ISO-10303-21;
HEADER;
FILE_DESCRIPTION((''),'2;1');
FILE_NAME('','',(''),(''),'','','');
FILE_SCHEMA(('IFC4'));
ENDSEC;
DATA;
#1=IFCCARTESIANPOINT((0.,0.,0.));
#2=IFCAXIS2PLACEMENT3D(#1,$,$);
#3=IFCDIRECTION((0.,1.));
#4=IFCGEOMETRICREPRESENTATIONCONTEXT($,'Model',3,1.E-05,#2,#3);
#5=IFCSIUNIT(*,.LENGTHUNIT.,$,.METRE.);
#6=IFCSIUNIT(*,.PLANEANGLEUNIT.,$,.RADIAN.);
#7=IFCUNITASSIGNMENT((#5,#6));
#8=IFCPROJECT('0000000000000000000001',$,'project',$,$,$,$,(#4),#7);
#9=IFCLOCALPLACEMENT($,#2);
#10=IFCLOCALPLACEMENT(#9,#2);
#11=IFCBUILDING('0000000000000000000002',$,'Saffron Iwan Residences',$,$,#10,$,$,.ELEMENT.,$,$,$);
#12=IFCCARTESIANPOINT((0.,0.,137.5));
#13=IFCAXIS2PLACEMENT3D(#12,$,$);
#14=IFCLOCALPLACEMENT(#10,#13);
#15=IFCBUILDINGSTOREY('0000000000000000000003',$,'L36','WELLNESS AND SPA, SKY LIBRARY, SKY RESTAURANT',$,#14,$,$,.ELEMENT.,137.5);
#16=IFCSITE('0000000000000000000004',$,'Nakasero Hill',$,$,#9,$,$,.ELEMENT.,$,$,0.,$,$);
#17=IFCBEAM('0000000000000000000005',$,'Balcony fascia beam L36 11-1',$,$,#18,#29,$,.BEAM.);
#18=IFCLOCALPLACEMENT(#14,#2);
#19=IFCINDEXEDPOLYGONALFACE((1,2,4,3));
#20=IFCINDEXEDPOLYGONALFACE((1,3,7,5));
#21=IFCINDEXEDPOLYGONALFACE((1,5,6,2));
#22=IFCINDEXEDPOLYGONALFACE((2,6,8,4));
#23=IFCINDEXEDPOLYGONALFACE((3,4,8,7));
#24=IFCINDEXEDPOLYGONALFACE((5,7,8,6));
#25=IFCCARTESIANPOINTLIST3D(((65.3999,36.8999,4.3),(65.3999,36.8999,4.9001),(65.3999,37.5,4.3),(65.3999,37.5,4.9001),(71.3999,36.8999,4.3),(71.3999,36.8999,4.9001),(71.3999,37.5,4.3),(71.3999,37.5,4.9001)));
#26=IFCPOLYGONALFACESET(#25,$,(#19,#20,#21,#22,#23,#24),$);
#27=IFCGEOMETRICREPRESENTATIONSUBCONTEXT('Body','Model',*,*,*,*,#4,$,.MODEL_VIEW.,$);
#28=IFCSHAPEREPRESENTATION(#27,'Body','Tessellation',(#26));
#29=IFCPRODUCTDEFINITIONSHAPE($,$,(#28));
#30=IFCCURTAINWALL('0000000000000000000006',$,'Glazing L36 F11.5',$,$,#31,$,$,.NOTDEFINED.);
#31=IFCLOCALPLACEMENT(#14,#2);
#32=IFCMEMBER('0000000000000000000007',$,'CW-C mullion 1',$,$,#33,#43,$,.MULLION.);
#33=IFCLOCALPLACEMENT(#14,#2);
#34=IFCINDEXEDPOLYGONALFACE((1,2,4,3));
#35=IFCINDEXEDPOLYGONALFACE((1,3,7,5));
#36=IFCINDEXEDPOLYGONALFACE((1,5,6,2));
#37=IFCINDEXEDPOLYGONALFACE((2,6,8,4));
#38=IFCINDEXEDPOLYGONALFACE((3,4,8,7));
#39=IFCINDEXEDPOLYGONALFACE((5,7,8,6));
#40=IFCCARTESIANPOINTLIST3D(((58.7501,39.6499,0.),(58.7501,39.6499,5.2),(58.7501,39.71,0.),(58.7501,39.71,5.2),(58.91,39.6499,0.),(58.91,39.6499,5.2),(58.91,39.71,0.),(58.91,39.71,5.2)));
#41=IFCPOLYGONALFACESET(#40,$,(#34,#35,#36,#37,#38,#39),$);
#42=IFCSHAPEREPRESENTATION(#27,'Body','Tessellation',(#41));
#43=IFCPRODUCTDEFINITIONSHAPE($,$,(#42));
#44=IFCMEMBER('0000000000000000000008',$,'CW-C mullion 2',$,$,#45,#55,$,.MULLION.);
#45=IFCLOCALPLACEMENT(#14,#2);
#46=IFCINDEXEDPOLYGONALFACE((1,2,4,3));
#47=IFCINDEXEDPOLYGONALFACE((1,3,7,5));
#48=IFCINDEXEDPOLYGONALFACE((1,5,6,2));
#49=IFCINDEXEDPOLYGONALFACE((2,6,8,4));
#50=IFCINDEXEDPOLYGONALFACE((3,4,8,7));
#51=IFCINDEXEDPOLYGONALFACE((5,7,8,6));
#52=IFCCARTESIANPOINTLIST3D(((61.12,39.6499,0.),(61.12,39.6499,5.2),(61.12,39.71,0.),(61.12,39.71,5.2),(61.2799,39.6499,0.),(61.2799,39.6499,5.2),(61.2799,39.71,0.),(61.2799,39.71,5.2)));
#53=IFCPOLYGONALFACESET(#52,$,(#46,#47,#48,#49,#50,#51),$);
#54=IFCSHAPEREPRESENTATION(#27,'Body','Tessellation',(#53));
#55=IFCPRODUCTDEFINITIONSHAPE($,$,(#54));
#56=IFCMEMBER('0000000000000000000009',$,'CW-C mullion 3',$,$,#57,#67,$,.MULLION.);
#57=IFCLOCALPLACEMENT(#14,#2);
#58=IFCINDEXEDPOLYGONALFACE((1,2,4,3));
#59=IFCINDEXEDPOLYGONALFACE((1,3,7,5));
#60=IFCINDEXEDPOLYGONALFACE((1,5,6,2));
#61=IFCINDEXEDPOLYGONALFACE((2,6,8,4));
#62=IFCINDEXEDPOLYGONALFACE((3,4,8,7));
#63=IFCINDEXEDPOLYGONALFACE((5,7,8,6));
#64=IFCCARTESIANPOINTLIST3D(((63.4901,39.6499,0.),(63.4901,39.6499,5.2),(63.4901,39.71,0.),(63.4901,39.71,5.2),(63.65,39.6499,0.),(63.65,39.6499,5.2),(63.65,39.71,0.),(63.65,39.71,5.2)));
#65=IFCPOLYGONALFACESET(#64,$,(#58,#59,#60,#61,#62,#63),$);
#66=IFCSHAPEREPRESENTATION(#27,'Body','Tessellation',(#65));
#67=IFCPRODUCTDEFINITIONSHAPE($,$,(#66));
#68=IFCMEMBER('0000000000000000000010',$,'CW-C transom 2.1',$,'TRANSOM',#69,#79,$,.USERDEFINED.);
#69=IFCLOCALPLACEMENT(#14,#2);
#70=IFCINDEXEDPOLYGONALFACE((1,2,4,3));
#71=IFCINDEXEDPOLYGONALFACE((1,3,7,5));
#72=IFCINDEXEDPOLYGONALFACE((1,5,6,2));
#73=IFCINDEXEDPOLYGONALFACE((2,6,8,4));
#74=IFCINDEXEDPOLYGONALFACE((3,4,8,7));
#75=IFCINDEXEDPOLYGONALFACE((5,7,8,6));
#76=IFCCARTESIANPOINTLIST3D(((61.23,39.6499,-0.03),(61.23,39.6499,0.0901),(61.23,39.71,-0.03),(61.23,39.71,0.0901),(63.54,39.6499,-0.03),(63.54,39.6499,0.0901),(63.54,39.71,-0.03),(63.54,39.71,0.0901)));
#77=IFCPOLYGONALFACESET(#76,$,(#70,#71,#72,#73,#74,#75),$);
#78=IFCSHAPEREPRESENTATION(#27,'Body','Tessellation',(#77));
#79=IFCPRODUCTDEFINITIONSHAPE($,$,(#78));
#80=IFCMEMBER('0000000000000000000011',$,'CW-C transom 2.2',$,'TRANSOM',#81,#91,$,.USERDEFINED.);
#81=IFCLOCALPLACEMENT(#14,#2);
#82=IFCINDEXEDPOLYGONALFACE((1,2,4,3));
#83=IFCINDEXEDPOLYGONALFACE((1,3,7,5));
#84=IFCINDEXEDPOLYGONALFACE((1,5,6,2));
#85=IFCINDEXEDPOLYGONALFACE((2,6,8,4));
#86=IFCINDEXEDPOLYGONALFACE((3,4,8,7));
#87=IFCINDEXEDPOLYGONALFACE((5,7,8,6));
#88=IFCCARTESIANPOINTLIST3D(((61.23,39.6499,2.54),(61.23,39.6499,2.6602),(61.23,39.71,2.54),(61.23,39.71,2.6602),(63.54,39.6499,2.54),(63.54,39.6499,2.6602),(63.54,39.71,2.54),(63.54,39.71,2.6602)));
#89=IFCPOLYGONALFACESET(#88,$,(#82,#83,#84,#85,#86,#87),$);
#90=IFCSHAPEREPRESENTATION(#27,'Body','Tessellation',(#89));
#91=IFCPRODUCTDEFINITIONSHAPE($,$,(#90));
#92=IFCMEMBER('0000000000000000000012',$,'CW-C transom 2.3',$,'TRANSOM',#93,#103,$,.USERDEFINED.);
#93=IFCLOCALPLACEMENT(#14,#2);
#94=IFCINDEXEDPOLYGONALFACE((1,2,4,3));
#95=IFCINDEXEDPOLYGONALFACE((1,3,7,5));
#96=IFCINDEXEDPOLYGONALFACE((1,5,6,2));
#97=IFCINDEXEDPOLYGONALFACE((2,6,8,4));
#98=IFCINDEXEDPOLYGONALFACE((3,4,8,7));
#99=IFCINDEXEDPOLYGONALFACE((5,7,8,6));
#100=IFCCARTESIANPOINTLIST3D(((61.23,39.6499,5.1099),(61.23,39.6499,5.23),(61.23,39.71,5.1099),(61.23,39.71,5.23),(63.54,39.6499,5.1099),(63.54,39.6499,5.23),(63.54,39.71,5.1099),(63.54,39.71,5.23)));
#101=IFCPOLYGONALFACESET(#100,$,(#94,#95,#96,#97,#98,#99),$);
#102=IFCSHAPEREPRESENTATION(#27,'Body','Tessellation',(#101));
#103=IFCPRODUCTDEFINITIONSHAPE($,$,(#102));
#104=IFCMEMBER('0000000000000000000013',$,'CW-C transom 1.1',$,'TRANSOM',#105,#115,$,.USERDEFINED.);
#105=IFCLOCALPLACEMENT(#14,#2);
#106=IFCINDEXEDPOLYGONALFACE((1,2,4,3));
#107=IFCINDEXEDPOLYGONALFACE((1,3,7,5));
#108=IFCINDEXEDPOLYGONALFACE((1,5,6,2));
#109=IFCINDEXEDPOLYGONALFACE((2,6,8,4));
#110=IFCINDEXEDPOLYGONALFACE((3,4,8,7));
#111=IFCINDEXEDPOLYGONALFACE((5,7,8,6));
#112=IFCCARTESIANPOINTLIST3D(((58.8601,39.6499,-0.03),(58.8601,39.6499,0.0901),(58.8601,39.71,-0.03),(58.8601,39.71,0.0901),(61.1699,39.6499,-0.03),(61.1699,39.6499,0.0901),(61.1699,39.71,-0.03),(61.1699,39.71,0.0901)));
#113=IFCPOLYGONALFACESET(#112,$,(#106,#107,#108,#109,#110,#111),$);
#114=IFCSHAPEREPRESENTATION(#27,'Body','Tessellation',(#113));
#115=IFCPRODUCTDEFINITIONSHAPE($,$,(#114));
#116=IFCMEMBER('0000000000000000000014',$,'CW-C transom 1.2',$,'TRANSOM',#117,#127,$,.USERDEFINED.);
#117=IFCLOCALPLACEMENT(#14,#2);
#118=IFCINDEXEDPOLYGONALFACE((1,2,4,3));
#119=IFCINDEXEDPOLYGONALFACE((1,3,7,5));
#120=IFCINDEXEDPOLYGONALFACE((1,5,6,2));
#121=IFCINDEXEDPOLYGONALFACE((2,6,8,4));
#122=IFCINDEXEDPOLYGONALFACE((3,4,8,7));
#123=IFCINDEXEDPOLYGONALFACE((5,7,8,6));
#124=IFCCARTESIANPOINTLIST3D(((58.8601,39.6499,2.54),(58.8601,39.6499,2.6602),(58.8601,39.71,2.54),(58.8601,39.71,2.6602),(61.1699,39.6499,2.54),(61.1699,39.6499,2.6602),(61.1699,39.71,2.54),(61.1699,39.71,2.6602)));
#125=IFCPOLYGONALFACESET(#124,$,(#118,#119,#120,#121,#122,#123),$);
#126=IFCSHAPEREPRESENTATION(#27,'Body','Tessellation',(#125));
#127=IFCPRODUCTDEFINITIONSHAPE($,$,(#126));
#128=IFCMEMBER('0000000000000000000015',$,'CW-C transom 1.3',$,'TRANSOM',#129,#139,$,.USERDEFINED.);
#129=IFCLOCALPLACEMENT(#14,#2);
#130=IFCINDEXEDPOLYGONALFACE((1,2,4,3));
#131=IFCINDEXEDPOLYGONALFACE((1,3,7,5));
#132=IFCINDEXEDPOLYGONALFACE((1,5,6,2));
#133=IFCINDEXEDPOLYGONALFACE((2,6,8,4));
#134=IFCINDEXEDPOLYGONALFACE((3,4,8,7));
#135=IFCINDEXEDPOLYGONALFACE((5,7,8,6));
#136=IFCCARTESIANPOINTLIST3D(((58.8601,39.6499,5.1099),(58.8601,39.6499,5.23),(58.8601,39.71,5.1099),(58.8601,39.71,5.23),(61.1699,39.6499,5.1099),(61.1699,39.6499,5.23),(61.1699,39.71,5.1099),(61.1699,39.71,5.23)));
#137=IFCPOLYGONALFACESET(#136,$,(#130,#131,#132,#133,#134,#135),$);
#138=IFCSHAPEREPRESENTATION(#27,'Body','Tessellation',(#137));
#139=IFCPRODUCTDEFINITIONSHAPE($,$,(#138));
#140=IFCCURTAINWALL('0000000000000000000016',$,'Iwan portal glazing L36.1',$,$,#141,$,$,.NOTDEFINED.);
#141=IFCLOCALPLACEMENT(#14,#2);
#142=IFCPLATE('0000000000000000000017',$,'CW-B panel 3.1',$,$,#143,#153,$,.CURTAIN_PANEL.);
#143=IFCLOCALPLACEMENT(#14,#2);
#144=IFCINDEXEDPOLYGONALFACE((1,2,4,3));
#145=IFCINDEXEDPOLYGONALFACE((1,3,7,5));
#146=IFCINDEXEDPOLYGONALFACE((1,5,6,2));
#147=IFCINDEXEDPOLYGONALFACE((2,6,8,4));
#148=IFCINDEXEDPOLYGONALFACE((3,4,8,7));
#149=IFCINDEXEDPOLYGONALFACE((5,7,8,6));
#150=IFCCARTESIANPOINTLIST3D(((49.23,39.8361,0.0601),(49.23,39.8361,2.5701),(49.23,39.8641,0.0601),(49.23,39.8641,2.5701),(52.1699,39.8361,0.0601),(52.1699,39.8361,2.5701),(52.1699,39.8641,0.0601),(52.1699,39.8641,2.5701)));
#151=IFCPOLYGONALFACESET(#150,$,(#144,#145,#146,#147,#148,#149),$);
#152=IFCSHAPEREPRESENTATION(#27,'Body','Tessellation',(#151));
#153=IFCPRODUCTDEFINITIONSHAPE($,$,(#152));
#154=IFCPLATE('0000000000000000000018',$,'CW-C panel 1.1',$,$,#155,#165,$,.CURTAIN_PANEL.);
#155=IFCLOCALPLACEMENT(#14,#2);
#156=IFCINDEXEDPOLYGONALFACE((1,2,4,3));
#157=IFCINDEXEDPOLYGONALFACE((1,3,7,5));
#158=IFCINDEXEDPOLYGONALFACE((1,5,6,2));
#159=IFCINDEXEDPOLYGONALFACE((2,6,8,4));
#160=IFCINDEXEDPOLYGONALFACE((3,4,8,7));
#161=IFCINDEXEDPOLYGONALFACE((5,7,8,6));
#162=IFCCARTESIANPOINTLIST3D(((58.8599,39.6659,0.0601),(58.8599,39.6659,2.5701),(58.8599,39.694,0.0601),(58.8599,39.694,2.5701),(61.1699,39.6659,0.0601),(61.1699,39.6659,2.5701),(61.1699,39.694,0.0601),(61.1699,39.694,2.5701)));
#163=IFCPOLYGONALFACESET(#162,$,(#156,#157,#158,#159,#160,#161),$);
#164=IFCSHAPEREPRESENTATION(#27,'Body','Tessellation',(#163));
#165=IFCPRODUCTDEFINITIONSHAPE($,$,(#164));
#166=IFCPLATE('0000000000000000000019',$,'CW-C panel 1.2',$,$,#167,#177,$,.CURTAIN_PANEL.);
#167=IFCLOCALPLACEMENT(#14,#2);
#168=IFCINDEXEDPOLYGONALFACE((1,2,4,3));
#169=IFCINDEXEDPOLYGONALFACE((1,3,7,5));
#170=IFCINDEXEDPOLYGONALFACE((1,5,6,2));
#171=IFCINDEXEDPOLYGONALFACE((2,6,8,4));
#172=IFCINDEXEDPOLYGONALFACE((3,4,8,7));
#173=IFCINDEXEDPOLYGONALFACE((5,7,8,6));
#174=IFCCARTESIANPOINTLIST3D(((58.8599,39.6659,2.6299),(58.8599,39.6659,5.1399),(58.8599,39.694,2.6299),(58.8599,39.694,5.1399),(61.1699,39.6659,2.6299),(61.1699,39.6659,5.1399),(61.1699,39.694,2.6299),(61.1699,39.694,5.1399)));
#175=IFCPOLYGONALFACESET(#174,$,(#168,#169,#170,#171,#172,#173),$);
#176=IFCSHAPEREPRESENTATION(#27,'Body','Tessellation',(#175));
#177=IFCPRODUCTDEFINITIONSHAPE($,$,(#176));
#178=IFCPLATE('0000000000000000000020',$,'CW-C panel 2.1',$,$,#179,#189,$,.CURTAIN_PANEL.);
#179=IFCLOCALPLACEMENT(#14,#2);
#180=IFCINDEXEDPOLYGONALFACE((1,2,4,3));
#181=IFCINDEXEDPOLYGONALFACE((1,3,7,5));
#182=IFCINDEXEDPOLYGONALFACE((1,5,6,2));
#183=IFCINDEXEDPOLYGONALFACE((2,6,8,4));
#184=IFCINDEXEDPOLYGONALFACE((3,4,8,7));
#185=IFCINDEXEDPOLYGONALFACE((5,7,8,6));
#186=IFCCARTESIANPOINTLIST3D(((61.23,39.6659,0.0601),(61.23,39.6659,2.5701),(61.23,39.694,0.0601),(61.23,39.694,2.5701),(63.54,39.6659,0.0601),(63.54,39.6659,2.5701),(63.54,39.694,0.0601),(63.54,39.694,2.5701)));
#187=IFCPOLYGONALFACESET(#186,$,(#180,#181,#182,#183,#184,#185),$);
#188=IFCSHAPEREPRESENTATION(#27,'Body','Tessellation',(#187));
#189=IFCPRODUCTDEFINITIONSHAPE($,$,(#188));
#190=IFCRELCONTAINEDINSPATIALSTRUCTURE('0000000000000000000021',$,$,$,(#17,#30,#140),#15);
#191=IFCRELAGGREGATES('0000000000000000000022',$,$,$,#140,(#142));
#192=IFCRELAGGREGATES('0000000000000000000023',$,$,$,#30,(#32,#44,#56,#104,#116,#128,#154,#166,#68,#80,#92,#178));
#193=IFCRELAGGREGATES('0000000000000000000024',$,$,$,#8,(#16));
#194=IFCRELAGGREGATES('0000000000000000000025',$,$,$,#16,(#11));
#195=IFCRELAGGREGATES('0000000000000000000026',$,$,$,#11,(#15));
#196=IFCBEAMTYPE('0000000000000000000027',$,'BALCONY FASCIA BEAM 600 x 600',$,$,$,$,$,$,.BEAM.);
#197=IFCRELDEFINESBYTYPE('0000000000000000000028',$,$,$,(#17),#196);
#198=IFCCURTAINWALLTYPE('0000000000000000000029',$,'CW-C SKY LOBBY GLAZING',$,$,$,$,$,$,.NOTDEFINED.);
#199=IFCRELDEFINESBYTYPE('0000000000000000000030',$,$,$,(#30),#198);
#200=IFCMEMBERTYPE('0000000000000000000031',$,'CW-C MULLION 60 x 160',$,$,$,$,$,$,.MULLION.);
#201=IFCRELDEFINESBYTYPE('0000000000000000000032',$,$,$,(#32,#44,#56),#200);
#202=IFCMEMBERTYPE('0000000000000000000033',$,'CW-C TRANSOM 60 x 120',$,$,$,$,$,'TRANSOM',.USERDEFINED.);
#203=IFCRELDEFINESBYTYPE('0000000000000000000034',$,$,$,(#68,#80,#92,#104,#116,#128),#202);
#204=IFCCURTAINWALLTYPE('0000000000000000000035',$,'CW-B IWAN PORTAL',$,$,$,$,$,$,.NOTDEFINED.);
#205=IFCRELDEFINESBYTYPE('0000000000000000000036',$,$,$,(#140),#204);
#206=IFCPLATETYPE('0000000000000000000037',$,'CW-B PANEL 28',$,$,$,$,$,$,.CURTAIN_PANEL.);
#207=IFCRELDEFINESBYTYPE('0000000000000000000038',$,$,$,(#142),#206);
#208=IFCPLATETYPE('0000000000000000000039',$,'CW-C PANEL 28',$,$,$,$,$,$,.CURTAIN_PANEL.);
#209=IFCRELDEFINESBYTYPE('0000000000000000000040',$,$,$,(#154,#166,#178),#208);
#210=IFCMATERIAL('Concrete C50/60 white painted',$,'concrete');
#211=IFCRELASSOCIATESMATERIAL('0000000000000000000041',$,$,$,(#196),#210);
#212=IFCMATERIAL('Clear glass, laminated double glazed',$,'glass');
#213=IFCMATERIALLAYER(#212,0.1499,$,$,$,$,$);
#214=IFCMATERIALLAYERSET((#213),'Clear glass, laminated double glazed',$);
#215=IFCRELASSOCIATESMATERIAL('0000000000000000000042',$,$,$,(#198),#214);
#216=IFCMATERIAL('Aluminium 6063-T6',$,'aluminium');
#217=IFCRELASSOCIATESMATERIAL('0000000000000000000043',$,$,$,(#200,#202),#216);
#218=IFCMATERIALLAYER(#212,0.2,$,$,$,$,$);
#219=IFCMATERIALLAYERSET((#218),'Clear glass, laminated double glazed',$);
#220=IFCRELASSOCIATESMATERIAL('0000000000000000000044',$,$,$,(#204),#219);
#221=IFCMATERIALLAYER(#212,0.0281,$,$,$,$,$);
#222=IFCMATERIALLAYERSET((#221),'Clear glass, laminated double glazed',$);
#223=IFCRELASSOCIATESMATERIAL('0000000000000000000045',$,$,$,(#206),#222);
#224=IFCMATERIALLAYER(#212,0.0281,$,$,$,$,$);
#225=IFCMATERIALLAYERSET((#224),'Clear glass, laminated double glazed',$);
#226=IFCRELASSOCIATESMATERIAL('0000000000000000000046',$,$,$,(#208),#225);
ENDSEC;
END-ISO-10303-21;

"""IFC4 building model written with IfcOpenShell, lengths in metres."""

from ifc_helpers import new_model, si_unit, direction, frame, origin, origin_2d, place, context, subcontext, project, spatial, rectangle, extrude, source, transform, mapped, material, layer, layer_set, material_profile, profile_set, type_object, element, aggregate, save


model = new_model("IFC4")

# Units and contexts
model_context = context("Model", 3, precision=1e-05, world=origin(), true_north=direction((0.0, 1.0)))
body_context = subcontext(model_context, "Body", "Model", "MODEL_VIEW")
ifc_project = project(units=[si_unit("LENGTHUNIT", "METRE"), si_unit("PLANEANGLEUNIT", "RADIAN")], contexts=[model_context])

# Site, building, storey
site_placement = place(None, origin())
site = spatial("IfcSite", under=ifc_project, at=site_placement, Name="Nakasero Hill", CompositionType="ELEMENT", RefElevation=0.0)
building_placement = place(site_placement, origin())
building = spatial("IfcBuilding", under=site, at=building_placement, Name="Saffron Iwan Residences", CompositionType="ELEMENT")
storey_placement = place(building_placement, frame((0.0, 0.0, 137.5)))
storey = spatial("IfcBuildingStorey", under=building, at=storey_placement, Name="L36", Description="WELLNESS AND SPA, SKY LIBRARY, SKY RESTAURANT", CompositionType="ELEMENT", Elevation=137.5)

# Beam
ifc_material_1 = material(Name="Concrete C50/60 white painted", Category="concrete")
ifc_material_profile_1 = material_profile(ifc_material_1, rectangle(XDim=0.6001, YDim=0.6001, at=origin_2d()), Name="BALCONY FASCIA BEAM 600 x 600")
ifc_profile_set_1 = profile_set([ifc_material_profile_1], Name="Concrete C50/60 white painted")
beam_type = type_object("IfcBeamType", Name="BALCONY FASCIA BEAM 600 x 600", PredefinedType="BEAM", material=ifc_profile_set_1)
shared_shape_1 = source(origin(), body_context, "Body", "SweptSolid", [
    extrude(rectangle(XDim=0.6001, YDim=0.6001, at=origin_2d()), origin(), (0.0, 0.0, 1.0), 6.0),
])
beam_placement = place(storey_placement, frame((65.3999, 37.2, 4.6001), z_axis=(1.0, 0.0, 0.0), x_axis=(0.0, 1.0, 0.0)))
element("IfcBeam", 1, at=beam_placement, inside=storey, type_object=beam_type, Name="Balcony fascia beam L36 11-1", PredefinedType="BEAM", context=body_context, shape_type="MappedRepresentation", body=[
    mapped(shared_shape_1, transform((0.0, 0.0, 0.0))),
])

# Curtain wall, members
ifc_material_2 = material(Name="Clear glass, laminated double glazed", Category="glass")
ifc_layer_1 = layer(ifc_material_2, 0.1499)
ifc_layer_set_1 = layer_set([ifc_layer_1], Name="Clear glass, laminated double glazed")
curtain_wall_type_1 = type_object("IfcCurtainWallType", Name="CW-C SKY LOBBY GLAZING", PredefinedType="NOTDEFINED", material=ifc_layer_set_1)
curtain_wall_1_placement = place(storey_placement, origin())
curtain_wall_1 = element("IfcCurtainWall", 2, at=curtain_wall_1_placement, inside=storey, type_object=curtain_wall_type_1, Name="Glazing L36 F11.5", PredefinedType="NOTDEFINED")
ifc_material_3 = material(Name="Aluminium 6063-T6", Category="aluminium")
ifc_material_profile_2 = material_profile(ifc_material_3, rectangle(XDim=0.0601, YDim=0.1599, at=origin_2d()), Name="CW-C MULLION 60 x 160")
ifc_profile_set_2 = profile_set([ifc_material_profile_2], Name="Aluminium 6063-T6")
member_type_1 = type_object("IfcMemberType", Name="CW-C MULLION 60 x 160", PredefinedType="MULLION", material=ifc_profile_set_2)
shared_shape_2 = source(origin(), body_context, "Body", "SweptSolid", [
    extrude(rectangle(XDim=0.0601, YDim=0.1599, at=origin_2d()), origin(), (0.0, 0.0, 1.0), 5.2),
])
member_1_placement = place(storey_placement, frame((58.8301, 39.6799, 0.0), z_axis=(0.0, 0.0, 1.0), x_axis=(0.0, 1.0, 0.0)))
member_1 = element("IfcMember", 3, at=member_1_placement, type_object=member_type_1, Name="CW-C mullion 1", PredefinedType="MULLION", context=body_context, shape_type="MappedRepresentation", body=[
    mapped(shared_shape_2, transform((0.0, 0.0, 0.0))),
])
member_2_placement = place(storey_placement, frame((61.2, 39.6799, 0.0), z_axis=(0.0, 0.0, 1.0), x_axis=(0.0, 1.0, 0.0)))
member_2 = element("IfcMember", 4, at=member_2_placement, type_object=member_type_1, Name="CW-C mullion 2", PredefinedType="MULLION", context=body_context, shape_type="MappedRepresentation", body=[
    mapped(shared_shape_2, transform((0.0, 0.0, 0.0))),
])
member_3_placement = place(storey_placement, frame((63.5701, 39.6799, 0.0), z_axis=(0.0, 0.0, 1.0), x_axis=(0.0, 1.0, 0.0)))
member_3 = element("IfcMember", 5, at=member_3_placement, type_object=member_type_1, Name="CW-C mullion 3", PredefinedType="MULLION", context=body_context, shape_type="MappedRepresentation", body=[
    mapped(shared_shape_2, transform((0.0, 0.0, 0.0))),
])
ifc_material_profile_3 = material_profile(ifc_material_3, rectangle(XDim=0.0601, YDim=0.1201, at=origin_2d()), Name="CW-C TRANSOM 60 x 120")
ifc_profile_set_3 = profile_set([ifc_material_profile_3], Name="Aluminium 6063-T6")
member_type_2 = type_object("IfcMemberType", Name="CW-C TRANSOM 60 x 120", ElementType="TRANSOM", PredefinedType="USERDEFINED", material=ifc_profile_set_3)
shared_shape_3 = source(origin(), body_context, "Body", "SweptSolid", [
    extrude(rectangle(XDim=0.0601, YDim=0.1201, at=origin_2d()), origin(), (0.0, 0.0, 1.0), 2.3101),
])
member_4_placement = place(storey_placement, frame((61.23, 39.6799, 0.03), z_axis=(1.0, 0.0, 0.0), x_axis=(0.0, 1.0, 0.0)))
member_4 = element("IfcMember", 6, at=member_4_placement, type_object=member_type_2, Name="CW-C transom 2.1", ObjectType="TRANSOM", PredefinedType="USERDEFINED", context=body_context, shape_type="MappedRepresentation", body=[
    mapped(shared_shape_3, transform((0.0, 0.0, 0.0))),
])
member_5_placement = place(storey_placement, frame((61.23, 39.6799, 2.6001), z_axis=(1.0, 0.0, 0.0), x_axis=(0.0, 1.0, 0.0)))
member_5 = element("IfcMember", 7, at=member_5_placement, type_object=member_type_2, Name="CW-C transom 2.2", ObjectType="TRANSOM", PredefinedType="USERDEFINED", context=body_context, shape_type="MappedRepresentation", body=[
    mapped(shared_shape_3, transform((0.0, 0.0, 0.0))),
])
member_6_placement = place(storey_placement, frame((61.23, 39.6799, 5.1699), z_axis=(1.0, 0.0, 0.0), x_axis=(0.0, 1.0, 0.0)))
member_6 = element("IfcMember", 8, at=member_6_placement, type_object=member_type_2, Name="CW-C transom 2.3", ObjectType="TRANSOM", PredefinedType="USERDEFINED", context=body_context, shape_type="MappedRepresentation", body=[
    mapped(shared_shape_3, transform((0.0, 0.0, 0.0))),
])
shared_shape_4 = source(origin(), body_context, "Body", "SweptSolid", [
    extrude(rectangle(XDim=0.0601, YDim=0.1201, at=origin_2d()), origin(), (0.0, 0.0, 1.0), 2.3098),
])
member_7_placement = place(storey_placement, frame((58.8601, 39.6799, 0.03), z_axis=(1.0, 0.0, 0.0), x_axis=(0.0, 1.0, 0.0)))
member_7 = element("IfcMember", 9, at=member_7_placement, type_object=member_type_2, Name="CW-C transom 1.1", ObjectType="TRANSOM", PredefinedType="USERDEFINED", context=body_context, shape_type="MappedRepresentation", body=[
    mapped(shared_shape_4, transform((0.0, 0.0, 0.0))),
])
member_8_placement = place(storey_placement, frame((58.8601, 39.6799, 2.6001), z_axis=(1.0, 0.0, 0.0), x_axis=(0.0, 1.0, 0.0)))
member_8 = element("IfcMember", 10, at=member_8_placement, type_object=member_type_2, Name="CW-C transom 1.2", ObjectType="TRANSOM", PredefinedType="USERDEFINED", context=body_context, shape_type="MappedRepresentation", body=[
    mapped(shared_shape_4, transform((0.0, 0.0, 0.0))),
])
member_9_placement = place(storey_placement, frame((58.8601, 39.6799, 5.1699), z_axis=(1.0, 0.0, 0.0), x_axis=(0.0, 1.0, 0.0)))
member_9 = element("IfcMember", 11, at=member_9_placement, type_object=member_type_2, Name="CW-C transom 1.3", ObjectType="TRANSOM", PredefinedType="USERDEFINED", context=body_context, shape_type="MappedRepresentation", body=[
    mapped(shared_shape_4, transform((0.0, 0.0, 0.0))),
])

# Curtain wall, plate
ifc_layer_2 = layer(ifc_material_2, 0.2)
ifc_layer_set_2 = layer_set([ifc_layer_2], Name="Clear glass, laminated double glazed")
curtain_wall_type_2 = type_object("IfcCurtainWallType", Name="CW-B IWAN PORTAL", PredefinedType="NOTDEFINED", material=ifc_layer_set_2)
curtain_wall_2_placement = place(storey_placement, origin())
curtain_wall_2 = element("IfcCurtainWall", 12, at=curtain_wall_2_placement, inside=storey, type_object=curtain_wall_type_2, Name="Iwan portal glazing L36.1", PredefinedType="NOTDEFINED")
ifc_layer_3 = layer(ifc_material_2, 0.0281)
ifc_layer_set_3 = layer_set([ifc_layer_3], Name="Clear glass, laminated double glazed")
plate_type_1 = type_object("IfcPlateType", Name="CW-B PANEL 28", PredefinedType="CURTAIN_PANEL", material=ifc_layer_set_3)
shared_shape_5 = source(origin(), body_context, "Body", "SweptSolid", [
    extrude(rectangle(XDim=2.9399, YDim=0.0281, at=origin_2d()), origin(), (0.0, 0.0, 1.0), 2.51),
])
plate_1_placement = place(storey_placement, frame((50.7, 39.8501, 0.0601), z_axis=(0.0, 0.0, 1.0), x_axis=(1.0, 0.0, 0.0)))
plate_1 = element("IfcPlate", 13, at=plate_1_placement, type_object=plate_type_1, Name="CW-B panel 3.1", PredefinedType="CURTAIN_PANEL", context=body_context, shape_type="MappedRepresentation", body=[
    mapped(shared_shape_5, transform((0.0, 0.0, 0.0))),
])
aggregate(curtain_wall_2, [plate_1])

# Plates
ifc_layer_4 = layer(ifc_material_2, 0.0281)
ifc_layer_set_4 = layer_set([ifc_layer_4], Name="Clear glass, laminated double glazed")
plate_type_2 = type_object("IfcPlateType", Name="CW-C PANEL 28", PredefinedType="CURTAIN_PANEL", material=ifc_layer_set_4)
shared_shape_6 = source(origin(), body_context, "Body", "SweptSolid", [
    extrude(rectangle(XDim=2.3101, YDim=0.0281, at=origin_2d()), origin(), (0.0, 0.0, 1.0), 2.51),
])
plate_2_placement = place(storey_placement, frame((60.0149, 39.6799, 0.0601), z_axis=(0.0, 0.0, 1.0), x_axis=(1.0, 0.0, 0.0)))
plate_2 = element("IfcPlate", 14, at=plate_2_placement, type_object=plate_type_2, Name="CW-C panel 1.1", PredefinedType="CURTAIN_PANEL", context=body_context, shape_type="MappedRepresentation", body=[
    mapped(shared_shape_6, transform((0.0, 0.0, 0.0))),
])
plate_3_placement = place(storey_placement, frame((60.0149, 39.6799, 2.6299), z_axis=(0.0, 0.0, 1.0), x_axis=(1.0, 0.0, 0.0)))
plate_3 = element("IfcPlate", 15, at=plate_3_placement, type_object=plate_type_2, Name="CW-C panel 1.2", PredefinedType="CURTAIN_PANEL", context=body_context, shape_type="MappedRepresentation", body=[
    mapped(shared_shape_6, transform((0.0, 0.0, 0.0))),
])
plate_4_placement = place(storey_placement, frame((62.385, 39.6799, 0.0601), z_axis=(0.0, 0.0, 1.0), x_axis=(1.0, 0.0, 0.0)))
plate_4 = element("IfcPlate", 16, at=plate_4_placement, type_object=plate_type_2, Name="CW-C panel 2.1", PredefinedType="CURTAIN_PANEL", context=body_context, shape_type="MappedRepresentation", body=[
    mapped(shared_shape_6, transform((0.0, 0.0, 0.0))),
])
aggregate(curtain_wall_1, [member_1, member_2, member_3, member_7, member_8, member_9, plate_2, plate_3, member_4, member_5, member_6, plate_4])

save(model, "model.ifc")
